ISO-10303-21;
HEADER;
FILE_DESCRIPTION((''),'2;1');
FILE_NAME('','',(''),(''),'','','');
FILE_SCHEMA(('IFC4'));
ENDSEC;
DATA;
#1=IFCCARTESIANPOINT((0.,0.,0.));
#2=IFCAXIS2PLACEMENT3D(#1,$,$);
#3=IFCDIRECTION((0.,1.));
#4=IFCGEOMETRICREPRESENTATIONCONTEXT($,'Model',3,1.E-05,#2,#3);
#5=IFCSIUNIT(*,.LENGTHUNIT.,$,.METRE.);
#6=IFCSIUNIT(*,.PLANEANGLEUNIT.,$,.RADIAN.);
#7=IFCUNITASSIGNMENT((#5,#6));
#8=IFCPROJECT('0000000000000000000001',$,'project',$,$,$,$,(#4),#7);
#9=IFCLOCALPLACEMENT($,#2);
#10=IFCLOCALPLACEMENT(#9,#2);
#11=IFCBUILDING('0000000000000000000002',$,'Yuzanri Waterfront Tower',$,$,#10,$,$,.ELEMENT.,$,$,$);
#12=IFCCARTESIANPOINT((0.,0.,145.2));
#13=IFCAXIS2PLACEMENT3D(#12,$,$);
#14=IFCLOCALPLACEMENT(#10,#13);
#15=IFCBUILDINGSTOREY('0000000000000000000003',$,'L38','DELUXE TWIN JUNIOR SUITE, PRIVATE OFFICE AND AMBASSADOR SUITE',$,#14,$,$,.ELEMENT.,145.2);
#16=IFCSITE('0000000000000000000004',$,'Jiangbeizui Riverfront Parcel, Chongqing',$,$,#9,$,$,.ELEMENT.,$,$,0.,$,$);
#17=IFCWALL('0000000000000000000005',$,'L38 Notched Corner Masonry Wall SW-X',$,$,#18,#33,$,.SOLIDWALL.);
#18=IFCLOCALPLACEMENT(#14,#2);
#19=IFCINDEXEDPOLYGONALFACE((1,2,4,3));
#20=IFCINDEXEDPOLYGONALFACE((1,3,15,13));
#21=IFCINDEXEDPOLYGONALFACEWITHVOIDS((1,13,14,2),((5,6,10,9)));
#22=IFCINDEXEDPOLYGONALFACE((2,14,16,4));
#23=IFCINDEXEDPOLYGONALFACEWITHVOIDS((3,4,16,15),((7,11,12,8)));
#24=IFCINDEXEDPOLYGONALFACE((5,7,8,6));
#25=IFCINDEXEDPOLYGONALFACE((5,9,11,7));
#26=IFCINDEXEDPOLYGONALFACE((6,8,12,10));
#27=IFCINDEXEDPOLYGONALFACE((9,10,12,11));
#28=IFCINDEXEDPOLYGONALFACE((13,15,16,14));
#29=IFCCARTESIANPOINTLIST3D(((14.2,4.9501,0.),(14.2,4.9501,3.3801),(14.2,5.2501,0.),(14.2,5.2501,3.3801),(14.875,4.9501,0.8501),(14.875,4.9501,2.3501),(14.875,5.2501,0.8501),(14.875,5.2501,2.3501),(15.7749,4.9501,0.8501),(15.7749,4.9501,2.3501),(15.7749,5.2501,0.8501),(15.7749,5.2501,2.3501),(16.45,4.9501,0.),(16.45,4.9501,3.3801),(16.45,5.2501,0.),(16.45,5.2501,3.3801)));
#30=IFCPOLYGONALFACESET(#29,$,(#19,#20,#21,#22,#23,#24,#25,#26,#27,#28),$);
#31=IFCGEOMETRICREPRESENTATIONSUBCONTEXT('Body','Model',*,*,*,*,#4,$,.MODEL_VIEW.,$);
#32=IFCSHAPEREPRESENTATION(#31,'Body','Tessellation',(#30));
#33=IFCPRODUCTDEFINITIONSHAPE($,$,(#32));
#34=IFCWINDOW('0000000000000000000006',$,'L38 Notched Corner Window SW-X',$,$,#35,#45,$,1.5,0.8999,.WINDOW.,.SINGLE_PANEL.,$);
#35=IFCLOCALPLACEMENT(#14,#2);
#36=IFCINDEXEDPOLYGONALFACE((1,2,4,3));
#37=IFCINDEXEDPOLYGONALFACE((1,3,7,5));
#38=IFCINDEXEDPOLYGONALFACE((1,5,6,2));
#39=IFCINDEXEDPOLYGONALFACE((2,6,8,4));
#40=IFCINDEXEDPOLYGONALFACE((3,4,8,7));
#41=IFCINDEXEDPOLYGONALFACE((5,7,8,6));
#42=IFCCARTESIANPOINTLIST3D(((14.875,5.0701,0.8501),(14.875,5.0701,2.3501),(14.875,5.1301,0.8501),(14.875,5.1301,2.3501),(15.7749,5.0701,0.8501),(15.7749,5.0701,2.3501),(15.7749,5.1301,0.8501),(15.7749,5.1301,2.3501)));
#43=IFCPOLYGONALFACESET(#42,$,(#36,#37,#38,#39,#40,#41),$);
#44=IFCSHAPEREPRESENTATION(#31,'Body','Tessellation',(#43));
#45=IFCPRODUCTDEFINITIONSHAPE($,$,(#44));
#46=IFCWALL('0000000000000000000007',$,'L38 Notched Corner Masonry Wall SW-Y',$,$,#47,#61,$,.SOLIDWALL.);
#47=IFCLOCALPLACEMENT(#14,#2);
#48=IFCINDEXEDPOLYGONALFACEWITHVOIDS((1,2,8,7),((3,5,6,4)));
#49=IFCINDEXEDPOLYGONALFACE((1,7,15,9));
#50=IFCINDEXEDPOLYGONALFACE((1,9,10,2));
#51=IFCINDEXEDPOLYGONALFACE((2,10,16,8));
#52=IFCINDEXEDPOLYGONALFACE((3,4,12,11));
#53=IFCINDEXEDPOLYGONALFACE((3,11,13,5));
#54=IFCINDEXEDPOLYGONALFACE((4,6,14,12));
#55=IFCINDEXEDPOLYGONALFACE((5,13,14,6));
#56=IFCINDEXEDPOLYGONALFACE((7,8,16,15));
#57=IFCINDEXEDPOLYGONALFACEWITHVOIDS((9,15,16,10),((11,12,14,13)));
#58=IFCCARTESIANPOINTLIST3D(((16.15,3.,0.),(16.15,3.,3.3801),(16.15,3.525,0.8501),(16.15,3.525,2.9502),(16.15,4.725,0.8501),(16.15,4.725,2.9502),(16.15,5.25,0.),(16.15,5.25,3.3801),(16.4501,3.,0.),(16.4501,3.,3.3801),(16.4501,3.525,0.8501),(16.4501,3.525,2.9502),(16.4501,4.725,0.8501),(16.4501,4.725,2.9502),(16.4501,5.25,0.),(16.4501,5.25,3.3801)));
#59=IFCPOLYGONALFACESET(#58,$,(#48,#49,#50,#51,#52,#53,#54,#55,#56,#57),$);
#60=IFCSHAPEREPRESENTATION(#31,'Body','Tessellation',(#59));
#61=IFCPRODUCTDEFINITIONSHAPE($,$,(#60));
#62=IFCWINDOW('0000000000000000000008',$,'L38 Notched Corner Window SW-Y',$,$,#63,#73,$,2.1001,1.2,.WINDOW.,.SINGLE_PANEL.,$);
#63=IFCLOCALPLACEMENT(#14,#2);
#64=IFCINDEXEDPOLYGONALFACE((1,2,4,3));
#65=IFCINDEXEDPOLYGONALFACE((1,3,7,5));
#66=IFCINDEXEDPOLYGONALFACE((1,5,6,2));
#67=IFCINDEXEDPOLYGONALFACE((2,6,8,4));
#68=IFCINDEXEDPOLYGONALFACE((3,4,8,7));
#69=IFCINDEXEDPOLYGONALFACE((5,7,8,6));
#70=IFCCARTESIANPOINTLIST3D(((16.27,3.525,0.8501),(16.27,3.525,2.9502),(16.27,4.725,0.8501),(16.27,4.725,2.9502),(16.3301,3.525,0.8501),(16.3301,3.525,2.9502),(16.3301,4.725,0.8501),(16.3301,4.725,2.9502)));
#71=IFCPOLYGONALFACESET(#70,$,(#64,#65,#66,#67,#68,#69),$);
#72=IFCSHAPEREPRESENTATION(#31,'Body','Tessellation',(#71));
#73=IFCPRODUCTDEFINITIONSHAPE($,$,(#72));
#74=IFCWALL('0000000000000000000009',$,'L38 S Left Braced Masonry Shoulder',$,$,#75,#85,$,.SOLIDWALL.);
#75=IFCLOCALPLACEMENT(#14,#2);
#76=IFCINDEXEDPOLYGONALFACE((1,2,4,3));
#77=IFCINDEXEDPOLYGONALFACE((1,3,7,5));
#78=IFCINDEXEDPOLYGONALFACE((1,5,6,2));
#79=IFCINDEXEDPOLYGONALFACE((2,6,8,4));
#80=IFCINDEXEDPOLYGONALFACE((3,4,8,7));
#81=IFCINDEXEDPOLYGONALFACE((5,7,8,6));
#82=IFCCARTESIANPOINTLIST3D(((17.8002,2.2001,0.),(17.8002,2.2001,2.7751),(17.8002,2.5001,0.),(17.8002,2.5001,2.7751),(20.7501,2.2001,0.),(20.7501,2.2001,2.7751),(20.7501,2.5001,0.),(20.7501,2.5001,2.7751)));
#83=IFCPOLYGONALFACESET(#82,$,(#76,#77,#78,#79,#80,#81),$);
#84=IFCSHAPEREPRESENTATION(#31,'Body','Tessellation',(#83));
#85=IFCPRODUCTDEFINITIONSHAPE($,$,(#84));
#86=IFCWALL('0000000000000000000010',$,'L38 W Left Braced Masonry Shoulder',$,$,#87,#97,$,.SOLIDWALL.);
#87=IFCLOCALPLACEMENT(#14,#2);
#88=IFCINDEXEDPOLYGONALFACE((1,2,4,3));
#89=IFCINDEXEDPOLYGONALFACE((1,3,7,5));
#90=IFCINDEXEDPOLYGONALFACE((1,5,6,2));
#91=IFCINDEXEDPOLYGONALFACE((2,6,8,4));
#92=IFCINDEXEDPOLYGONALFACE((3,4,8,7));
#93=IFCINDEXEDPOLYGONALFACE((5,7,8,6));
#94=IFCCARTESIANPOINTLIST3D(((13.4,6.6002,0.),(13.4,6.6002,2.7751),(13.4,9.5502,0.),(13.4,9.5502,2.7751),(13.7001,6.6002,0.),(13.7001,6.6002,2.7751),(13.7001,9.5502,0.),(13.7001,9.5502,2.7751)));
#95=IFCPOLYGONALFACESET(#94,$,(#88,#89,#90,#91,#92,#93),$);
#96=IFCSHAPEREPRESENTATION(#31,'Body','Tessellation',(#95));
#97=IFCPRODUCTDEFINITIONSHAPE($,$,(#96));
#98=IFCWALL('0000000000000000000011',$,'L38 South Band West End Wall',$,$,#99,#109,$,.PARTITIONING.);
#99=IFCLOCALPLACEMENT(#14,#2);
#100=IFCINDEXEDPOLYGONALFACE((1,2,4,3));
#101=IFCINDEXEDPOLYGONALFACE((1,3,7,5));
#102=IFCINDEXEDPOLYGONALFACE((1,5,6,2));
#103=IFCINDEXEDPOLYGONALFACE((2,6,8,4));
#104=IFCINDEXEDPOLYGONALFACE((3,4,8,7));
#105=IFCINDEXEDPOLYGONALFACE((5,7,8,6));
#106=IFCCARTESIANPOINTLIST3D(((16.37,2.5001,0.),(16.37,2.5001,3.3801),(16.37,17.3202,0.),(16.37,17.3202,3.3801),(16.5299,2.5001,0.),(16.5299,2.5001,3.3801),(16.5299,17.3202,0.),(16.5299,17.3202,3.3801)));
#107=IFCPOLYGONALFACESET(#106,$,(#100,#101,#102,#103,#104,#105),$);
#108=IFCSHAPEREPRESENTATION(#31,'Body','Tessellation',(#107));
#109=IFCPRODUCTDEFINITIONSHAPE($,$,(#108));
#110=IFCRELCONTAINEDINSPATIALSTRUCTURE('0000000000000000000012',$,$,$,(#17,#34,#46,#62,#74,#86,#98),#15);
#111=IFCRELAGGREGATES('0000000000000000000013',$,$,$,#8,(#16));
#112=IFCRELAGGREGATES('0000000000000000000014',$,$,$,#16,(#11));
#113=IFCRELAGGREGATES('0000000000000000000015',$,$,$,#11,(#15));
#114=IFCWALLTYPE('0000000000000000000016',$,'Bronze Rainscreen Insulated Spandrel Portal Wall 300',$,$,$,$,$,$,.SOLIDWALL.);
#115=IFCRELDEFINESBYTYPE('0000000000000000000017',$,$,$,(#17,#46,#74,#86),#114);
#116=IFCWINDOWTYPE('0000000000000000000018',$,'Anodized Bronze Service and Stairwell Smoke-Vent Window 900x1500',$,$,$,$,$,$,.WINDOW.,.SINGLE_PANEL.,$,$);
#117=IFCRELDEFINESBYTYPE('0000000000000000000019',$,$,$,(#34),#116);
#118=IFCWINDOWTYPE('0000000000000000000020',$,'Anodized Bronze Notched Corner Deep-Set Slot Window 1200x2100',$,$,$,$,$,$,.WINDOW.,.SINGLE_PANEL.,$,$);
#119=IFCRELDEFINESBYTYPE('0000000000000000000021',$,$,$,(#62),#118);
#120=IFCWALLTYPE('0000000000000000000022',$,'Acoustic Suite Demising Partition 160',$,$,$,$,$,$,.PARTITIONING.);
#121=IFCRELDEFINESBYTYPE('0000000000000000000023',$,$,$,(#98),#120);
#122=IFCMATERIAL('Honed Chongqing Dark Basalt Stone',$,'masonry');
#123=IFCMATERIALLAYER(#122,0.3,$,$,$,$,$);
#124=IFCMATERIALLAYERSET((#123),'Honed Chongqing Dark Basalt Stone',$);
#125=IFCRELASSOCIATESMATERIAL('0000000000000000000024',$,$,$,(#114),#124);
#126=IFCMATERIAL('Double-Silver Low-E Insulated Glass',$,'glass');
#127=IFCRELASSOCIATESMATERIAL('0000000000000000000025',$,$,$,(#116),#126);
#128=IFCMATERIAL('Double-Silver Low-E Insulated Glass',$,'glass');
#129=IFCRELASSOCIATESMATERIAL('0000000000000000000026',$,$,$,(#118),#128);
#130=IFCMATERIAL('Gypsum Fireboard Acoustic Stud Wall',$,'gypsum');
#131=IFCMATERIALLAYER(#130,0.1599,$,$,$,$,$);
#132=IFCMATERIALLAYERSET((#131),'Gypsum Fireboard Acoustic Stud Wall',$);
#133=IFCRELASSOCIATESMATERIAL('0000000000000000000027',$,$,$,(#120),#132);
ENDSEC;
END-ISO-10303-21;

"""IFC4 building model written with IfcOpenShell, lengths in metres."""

from ifc_helpers import new_model, si_unit, direction, frame, frame_2d, origin, place, context, subcontext, project, spatial, rectangle, extrude, source, transform, mapped, material, layer, layer_set, type_object, element, fill, save


model = new_model("IFC4")

# Units and contexts
model_context = context("Model", 3, precision=1e-05, world=origin(), true_north=direction((0.0, 1.0)))
body_context = subcontext(model_context, "Body", "Model", "MODEL_VIEW")
ifc_project = project(units=[si_unit("LENGTHUNIT", "METRE"), si_unit("PLANEANGLEUNIT", "RADIAN")], contexts=[model_context])

# Site, building, storey
site_placement = place(None, origin())
site = spatial("IfcSite", under=ifc_project, at=site_placement, Name="Jiangbeizui Riverfront Parcel, Chongqing", CompositionType="ELEMENT", RefElevation=0.0)
building_placement = place(site_placement, origin())
building = spatial("IfcBuilding", under=site, at=building_placement, Name="Yuzanri Waterfront Tower", CompositionType="ELEMENT")
storey_placement = place(building_placement, frame((0.0, 0.0, 145.2)))
storey = spatial("IfcBuildingStorey", under=building, at=storey_placement, Name="L38", Description="DELUXE TWIN JUNIOR SUITE, PRIVATE OFFICE AND AMBASSADOR SUITE", CompositionType="ELEMENT", Elevation=145.2)

# Walls, openings, windows
ifc_material_1 = material(Name="Honed Chongqing Dark Basalt Stone", Category="masonry")
ifc_layer_1 = layer(ifc_material_1, 0.3)
ifc_layer_set_1 = layer_set([ifc_layer_1], Name="Honed Chongqing Dark Basalt Stone")
wall_type_1 = type_object("IfcWallType", Name="Bronze Rainscreen Insulated Spandrel Portal Wall 300", PredefinedType="SOLIDWALL", material=ifc_layer_set_1)
wall_1_placement = place(storey_placement, frame((14.2, 5.1001, 0.0), z_axis=(0.0, 0.0, 1.0), x_axis=(1.0, 0.0, 0.0)))
wall_1 = element("IfcWall", 1, at=wall_1_placement, inside=storey, type_object=wall_type_1, Name="L38 Notched Corner Masonry Wall SW-X", PredefinedType="SOLIDWALL", context=body_context, shape_type="SweptSolid", body=[
    extrude(rectangle(XDim=2.25, YDim=0.3, at=frame_2d((1.125, 0.0))), origin(), (0.0, 0.0, 1.0), 3.3801),
])
opening_1_placement = place(wall_1_placement, frame((0.675, 0.0, 0.8501)))
opening_1 = element("IfcOpeningElement", 2, at=opening_1_placement, cuts=wall_1, PredefinedType="OPENING", context=body_context, shape_type="SweptSolid", body=[
    extrude(rectangle(XDim=0.8999, YDim=1.5, at=frame_2d((0.45, 0.75))), frame((0.0, 0.165, 0.0), z_axis=(0.0, -1.0, 0.0), x_axis=(1.0, 0.0, 0.0)), (0.0, 0.0, 1.0), 0.3298),
])
ifc_material_2 = material(Name="Double-Silver Low-E Insulated Glass", Category="glass")
window_type_1 = type_object("IfcWindowType", Name="Anodized Bronze Service and Stairwell Smoke-Vent Window 900x1500", PartitioningType="SINGLE_PANEL", PredefinedType="WINDOW", material=ifc_material_2)
shared_shape_1 = source(origin(), body_context, "Body", "SweptSolid", [
    extrude(rectangle(XDim=0.8999, YDim=1.5, at=frame_2d((0.45, 0.75))), frame((0.0, 0.03, 0.0), z_axis=(0.0, -1.0, 0.0), x_axis=(1.0, 0.0, 0.0)), (0.0, 0.0, 1.0), 0.0601),
])
window_1_placement = place(opening_1_placement, origin())
window_1 = element("IfcWindow", 3, at=window_1_placement, inside=storey, type_object=window_type_1, Name="L38 Notched Corner Window SW-X", OverallHeight=1.5, OverallWidth=0.8999, PartitioningType="SINGLE_PANEL", PredefinedType="WINDOW", context=body_context, shape_type="MappedRepresentation", body=[
    mapped(shared_shape_1, transform((0.0, 0.0, 0.0), scale=1.0)),
])
fill(opening_1, window_1)
wall_2_placement = place(storey_placement, frame((16.3, 5.25, 0.0), z_axis=(0.0, 0.0, 1.0), x_axis=(0.0, -1.0, 0.0)))
wall_2 = element("IfcWall", 4, at=wall_2_placement, inside=storey, type_object=wall_type_1, Name="L38 Notched Corner Masonry Wall SW-Y", PredefinedType="SOLIDWALL", context=body_context, shape_type="SweptSolid", body=[
    extrude(rectangle(XDim=2.25, YDim=0.3, at=frame_2d((1.125, 0.0))), origin(), (0.0, 0.0, 1.0), 3.3801),
])
opening_2_placement = place(wall_2_placement, frame((0.5249, 0.0, 0.8501)))
opening_2 = element("IfcOpeningElement", 5, at=opening_2_placement, cuts=wall_2, PredefinedType="OPENING", context=body_context, shape_type="SweptSolid", body=[
    extrude(rectangle(XDim=1.2, YDim=2.1001, at=frame_2d((0.6001, 1.05))), frame((0.0, 0.165, 0.0), z_axis=(0.0, -1.0, 0.0), x_axis=(1.0, 0.0, 0.0)), (0.0, 0.0, 1.0), 0.3298),
])
ifc_material_3 = material(Name="Double-Silver Low-E Insulated Glass", Category="glass")
window_type_2 = type_object("IfcWindowType", Name="Anodized Bronze Notched Corner Deep-Set Slot Window 1200x2100", PartitioningType="SINGLE_PANEL", PredefinedType="WINDOW", material=ifc_material_3)
shared_shape_2 = source(origin(), body_context, "Body", "SweptSolid", [
    extrude(rectangle(XDim=1.2, YDim=2.1001, at=frame_2d((0.6001, 1.05))), frame((0.0, 0.03, 0.0), z_axis=(0.0, -1.0, 0.0), x_axis=(1.0, 0.0, 0.0)), (0.0, 0.0, 1.0), 0.0601),
])
window_2_placement = place(opening_2_placement, origin())
window_2 = element("IfcWindow", 6, at=window_2_placement, inside=storey, type_object=window_type_2, Name="L38 Notched Corner Window SW-Y", OverallHeight=2.1001, OverallWidth=1.2, PartitioningType="SINGLE_PANEL", PredefinedType="WINDOW", context=body_context, shape_type="MappedRepresentation", body=[
    mapped(shared_shape_2, transform((0.0, 0.0, 0.0), scale=1.0)),
])
fill(opening_2, window_2)

# Walls
shared_shape_3 = source(origin(), body_context, "Body", "SweptSolid", [
    extrude(rectangle(XDim=2.95, YDim=0.3, at=frame_2d((1.4751, 0.0))), origin(), (0.0, 0.0, 1.0), 2.7751),
])
for number, where, z_axis, x_axis, name in (
    (7, (17.8, 2.3501, 0.0), (0.0, 0.0, 1.0), (1.0, 0.0, 0.0), "L38 S Left Braced Masonry Shoulder"),
    (8, (13.55, 6.6001, 0.0), (0.0, 0.0, 1.0), (0.0, 1.0, 0.0), "L38 W Left Braced Masonry Shoulder"),
):
    element("IfcWall", number, at=place(storey_placement, frame(where, z_axis=z_axis, x_axis=x_axis)), inside=storey, type_object=wall_type_1, Name=name, PredefinedType="SOLIDWALL", context=body_context, shape_type="MappedRepresentation", body=[
        mapped(shared_shape_3, transform((0.0, 0.0, 0.0), scale=1.0)),
    ])
ifc_material_4 = material(Name="Gypsum Fireboard Acoustic Stud Wall", Category="gypsum")
ifc_layer_2 = layer(ifc_material_4, 0.1599)
ifc_layer_set_2 = layer_set([ifc_layer_2], Name="Gypsum Fireboard Acoustic Stud Wall")
wall_type_2 = type_object("IfcWallType", Name="Acoustic Suite Demising Partition 160", PredefinedType="PARTITIONING", material=ifc_layer_set_2)
shared_shape_4 = source(origin(), body_context, "Body", "SweptSolid", [
    extrude(rectangle(XDim=14.8201, YDim=0.1599, at=frame_2d((7.4102, 0.0))), origin(), (0.0, 0.0, 1.0), 3.3801),
])
wall_3_placement = place(storey_placement, frame((16.45, 2.5, 0.0), z_axis=(0.0, 0.0, 1.0), x_axis=(0.0, 1.0, 0.0)))
element("IfcWall", 9, at=wall_3_placement, inside=storey, type_object=wall_type_2, Name="L38 South Band West End Wall", PredefinedType="PARTITIONING", context=body_context, shape_type="MappedRepresentation", body=[
    mapped(shared_shape_4, transform((0.0, 0.0, 0.0), scale=1.0)),
])

save(model, "model.ifc")
